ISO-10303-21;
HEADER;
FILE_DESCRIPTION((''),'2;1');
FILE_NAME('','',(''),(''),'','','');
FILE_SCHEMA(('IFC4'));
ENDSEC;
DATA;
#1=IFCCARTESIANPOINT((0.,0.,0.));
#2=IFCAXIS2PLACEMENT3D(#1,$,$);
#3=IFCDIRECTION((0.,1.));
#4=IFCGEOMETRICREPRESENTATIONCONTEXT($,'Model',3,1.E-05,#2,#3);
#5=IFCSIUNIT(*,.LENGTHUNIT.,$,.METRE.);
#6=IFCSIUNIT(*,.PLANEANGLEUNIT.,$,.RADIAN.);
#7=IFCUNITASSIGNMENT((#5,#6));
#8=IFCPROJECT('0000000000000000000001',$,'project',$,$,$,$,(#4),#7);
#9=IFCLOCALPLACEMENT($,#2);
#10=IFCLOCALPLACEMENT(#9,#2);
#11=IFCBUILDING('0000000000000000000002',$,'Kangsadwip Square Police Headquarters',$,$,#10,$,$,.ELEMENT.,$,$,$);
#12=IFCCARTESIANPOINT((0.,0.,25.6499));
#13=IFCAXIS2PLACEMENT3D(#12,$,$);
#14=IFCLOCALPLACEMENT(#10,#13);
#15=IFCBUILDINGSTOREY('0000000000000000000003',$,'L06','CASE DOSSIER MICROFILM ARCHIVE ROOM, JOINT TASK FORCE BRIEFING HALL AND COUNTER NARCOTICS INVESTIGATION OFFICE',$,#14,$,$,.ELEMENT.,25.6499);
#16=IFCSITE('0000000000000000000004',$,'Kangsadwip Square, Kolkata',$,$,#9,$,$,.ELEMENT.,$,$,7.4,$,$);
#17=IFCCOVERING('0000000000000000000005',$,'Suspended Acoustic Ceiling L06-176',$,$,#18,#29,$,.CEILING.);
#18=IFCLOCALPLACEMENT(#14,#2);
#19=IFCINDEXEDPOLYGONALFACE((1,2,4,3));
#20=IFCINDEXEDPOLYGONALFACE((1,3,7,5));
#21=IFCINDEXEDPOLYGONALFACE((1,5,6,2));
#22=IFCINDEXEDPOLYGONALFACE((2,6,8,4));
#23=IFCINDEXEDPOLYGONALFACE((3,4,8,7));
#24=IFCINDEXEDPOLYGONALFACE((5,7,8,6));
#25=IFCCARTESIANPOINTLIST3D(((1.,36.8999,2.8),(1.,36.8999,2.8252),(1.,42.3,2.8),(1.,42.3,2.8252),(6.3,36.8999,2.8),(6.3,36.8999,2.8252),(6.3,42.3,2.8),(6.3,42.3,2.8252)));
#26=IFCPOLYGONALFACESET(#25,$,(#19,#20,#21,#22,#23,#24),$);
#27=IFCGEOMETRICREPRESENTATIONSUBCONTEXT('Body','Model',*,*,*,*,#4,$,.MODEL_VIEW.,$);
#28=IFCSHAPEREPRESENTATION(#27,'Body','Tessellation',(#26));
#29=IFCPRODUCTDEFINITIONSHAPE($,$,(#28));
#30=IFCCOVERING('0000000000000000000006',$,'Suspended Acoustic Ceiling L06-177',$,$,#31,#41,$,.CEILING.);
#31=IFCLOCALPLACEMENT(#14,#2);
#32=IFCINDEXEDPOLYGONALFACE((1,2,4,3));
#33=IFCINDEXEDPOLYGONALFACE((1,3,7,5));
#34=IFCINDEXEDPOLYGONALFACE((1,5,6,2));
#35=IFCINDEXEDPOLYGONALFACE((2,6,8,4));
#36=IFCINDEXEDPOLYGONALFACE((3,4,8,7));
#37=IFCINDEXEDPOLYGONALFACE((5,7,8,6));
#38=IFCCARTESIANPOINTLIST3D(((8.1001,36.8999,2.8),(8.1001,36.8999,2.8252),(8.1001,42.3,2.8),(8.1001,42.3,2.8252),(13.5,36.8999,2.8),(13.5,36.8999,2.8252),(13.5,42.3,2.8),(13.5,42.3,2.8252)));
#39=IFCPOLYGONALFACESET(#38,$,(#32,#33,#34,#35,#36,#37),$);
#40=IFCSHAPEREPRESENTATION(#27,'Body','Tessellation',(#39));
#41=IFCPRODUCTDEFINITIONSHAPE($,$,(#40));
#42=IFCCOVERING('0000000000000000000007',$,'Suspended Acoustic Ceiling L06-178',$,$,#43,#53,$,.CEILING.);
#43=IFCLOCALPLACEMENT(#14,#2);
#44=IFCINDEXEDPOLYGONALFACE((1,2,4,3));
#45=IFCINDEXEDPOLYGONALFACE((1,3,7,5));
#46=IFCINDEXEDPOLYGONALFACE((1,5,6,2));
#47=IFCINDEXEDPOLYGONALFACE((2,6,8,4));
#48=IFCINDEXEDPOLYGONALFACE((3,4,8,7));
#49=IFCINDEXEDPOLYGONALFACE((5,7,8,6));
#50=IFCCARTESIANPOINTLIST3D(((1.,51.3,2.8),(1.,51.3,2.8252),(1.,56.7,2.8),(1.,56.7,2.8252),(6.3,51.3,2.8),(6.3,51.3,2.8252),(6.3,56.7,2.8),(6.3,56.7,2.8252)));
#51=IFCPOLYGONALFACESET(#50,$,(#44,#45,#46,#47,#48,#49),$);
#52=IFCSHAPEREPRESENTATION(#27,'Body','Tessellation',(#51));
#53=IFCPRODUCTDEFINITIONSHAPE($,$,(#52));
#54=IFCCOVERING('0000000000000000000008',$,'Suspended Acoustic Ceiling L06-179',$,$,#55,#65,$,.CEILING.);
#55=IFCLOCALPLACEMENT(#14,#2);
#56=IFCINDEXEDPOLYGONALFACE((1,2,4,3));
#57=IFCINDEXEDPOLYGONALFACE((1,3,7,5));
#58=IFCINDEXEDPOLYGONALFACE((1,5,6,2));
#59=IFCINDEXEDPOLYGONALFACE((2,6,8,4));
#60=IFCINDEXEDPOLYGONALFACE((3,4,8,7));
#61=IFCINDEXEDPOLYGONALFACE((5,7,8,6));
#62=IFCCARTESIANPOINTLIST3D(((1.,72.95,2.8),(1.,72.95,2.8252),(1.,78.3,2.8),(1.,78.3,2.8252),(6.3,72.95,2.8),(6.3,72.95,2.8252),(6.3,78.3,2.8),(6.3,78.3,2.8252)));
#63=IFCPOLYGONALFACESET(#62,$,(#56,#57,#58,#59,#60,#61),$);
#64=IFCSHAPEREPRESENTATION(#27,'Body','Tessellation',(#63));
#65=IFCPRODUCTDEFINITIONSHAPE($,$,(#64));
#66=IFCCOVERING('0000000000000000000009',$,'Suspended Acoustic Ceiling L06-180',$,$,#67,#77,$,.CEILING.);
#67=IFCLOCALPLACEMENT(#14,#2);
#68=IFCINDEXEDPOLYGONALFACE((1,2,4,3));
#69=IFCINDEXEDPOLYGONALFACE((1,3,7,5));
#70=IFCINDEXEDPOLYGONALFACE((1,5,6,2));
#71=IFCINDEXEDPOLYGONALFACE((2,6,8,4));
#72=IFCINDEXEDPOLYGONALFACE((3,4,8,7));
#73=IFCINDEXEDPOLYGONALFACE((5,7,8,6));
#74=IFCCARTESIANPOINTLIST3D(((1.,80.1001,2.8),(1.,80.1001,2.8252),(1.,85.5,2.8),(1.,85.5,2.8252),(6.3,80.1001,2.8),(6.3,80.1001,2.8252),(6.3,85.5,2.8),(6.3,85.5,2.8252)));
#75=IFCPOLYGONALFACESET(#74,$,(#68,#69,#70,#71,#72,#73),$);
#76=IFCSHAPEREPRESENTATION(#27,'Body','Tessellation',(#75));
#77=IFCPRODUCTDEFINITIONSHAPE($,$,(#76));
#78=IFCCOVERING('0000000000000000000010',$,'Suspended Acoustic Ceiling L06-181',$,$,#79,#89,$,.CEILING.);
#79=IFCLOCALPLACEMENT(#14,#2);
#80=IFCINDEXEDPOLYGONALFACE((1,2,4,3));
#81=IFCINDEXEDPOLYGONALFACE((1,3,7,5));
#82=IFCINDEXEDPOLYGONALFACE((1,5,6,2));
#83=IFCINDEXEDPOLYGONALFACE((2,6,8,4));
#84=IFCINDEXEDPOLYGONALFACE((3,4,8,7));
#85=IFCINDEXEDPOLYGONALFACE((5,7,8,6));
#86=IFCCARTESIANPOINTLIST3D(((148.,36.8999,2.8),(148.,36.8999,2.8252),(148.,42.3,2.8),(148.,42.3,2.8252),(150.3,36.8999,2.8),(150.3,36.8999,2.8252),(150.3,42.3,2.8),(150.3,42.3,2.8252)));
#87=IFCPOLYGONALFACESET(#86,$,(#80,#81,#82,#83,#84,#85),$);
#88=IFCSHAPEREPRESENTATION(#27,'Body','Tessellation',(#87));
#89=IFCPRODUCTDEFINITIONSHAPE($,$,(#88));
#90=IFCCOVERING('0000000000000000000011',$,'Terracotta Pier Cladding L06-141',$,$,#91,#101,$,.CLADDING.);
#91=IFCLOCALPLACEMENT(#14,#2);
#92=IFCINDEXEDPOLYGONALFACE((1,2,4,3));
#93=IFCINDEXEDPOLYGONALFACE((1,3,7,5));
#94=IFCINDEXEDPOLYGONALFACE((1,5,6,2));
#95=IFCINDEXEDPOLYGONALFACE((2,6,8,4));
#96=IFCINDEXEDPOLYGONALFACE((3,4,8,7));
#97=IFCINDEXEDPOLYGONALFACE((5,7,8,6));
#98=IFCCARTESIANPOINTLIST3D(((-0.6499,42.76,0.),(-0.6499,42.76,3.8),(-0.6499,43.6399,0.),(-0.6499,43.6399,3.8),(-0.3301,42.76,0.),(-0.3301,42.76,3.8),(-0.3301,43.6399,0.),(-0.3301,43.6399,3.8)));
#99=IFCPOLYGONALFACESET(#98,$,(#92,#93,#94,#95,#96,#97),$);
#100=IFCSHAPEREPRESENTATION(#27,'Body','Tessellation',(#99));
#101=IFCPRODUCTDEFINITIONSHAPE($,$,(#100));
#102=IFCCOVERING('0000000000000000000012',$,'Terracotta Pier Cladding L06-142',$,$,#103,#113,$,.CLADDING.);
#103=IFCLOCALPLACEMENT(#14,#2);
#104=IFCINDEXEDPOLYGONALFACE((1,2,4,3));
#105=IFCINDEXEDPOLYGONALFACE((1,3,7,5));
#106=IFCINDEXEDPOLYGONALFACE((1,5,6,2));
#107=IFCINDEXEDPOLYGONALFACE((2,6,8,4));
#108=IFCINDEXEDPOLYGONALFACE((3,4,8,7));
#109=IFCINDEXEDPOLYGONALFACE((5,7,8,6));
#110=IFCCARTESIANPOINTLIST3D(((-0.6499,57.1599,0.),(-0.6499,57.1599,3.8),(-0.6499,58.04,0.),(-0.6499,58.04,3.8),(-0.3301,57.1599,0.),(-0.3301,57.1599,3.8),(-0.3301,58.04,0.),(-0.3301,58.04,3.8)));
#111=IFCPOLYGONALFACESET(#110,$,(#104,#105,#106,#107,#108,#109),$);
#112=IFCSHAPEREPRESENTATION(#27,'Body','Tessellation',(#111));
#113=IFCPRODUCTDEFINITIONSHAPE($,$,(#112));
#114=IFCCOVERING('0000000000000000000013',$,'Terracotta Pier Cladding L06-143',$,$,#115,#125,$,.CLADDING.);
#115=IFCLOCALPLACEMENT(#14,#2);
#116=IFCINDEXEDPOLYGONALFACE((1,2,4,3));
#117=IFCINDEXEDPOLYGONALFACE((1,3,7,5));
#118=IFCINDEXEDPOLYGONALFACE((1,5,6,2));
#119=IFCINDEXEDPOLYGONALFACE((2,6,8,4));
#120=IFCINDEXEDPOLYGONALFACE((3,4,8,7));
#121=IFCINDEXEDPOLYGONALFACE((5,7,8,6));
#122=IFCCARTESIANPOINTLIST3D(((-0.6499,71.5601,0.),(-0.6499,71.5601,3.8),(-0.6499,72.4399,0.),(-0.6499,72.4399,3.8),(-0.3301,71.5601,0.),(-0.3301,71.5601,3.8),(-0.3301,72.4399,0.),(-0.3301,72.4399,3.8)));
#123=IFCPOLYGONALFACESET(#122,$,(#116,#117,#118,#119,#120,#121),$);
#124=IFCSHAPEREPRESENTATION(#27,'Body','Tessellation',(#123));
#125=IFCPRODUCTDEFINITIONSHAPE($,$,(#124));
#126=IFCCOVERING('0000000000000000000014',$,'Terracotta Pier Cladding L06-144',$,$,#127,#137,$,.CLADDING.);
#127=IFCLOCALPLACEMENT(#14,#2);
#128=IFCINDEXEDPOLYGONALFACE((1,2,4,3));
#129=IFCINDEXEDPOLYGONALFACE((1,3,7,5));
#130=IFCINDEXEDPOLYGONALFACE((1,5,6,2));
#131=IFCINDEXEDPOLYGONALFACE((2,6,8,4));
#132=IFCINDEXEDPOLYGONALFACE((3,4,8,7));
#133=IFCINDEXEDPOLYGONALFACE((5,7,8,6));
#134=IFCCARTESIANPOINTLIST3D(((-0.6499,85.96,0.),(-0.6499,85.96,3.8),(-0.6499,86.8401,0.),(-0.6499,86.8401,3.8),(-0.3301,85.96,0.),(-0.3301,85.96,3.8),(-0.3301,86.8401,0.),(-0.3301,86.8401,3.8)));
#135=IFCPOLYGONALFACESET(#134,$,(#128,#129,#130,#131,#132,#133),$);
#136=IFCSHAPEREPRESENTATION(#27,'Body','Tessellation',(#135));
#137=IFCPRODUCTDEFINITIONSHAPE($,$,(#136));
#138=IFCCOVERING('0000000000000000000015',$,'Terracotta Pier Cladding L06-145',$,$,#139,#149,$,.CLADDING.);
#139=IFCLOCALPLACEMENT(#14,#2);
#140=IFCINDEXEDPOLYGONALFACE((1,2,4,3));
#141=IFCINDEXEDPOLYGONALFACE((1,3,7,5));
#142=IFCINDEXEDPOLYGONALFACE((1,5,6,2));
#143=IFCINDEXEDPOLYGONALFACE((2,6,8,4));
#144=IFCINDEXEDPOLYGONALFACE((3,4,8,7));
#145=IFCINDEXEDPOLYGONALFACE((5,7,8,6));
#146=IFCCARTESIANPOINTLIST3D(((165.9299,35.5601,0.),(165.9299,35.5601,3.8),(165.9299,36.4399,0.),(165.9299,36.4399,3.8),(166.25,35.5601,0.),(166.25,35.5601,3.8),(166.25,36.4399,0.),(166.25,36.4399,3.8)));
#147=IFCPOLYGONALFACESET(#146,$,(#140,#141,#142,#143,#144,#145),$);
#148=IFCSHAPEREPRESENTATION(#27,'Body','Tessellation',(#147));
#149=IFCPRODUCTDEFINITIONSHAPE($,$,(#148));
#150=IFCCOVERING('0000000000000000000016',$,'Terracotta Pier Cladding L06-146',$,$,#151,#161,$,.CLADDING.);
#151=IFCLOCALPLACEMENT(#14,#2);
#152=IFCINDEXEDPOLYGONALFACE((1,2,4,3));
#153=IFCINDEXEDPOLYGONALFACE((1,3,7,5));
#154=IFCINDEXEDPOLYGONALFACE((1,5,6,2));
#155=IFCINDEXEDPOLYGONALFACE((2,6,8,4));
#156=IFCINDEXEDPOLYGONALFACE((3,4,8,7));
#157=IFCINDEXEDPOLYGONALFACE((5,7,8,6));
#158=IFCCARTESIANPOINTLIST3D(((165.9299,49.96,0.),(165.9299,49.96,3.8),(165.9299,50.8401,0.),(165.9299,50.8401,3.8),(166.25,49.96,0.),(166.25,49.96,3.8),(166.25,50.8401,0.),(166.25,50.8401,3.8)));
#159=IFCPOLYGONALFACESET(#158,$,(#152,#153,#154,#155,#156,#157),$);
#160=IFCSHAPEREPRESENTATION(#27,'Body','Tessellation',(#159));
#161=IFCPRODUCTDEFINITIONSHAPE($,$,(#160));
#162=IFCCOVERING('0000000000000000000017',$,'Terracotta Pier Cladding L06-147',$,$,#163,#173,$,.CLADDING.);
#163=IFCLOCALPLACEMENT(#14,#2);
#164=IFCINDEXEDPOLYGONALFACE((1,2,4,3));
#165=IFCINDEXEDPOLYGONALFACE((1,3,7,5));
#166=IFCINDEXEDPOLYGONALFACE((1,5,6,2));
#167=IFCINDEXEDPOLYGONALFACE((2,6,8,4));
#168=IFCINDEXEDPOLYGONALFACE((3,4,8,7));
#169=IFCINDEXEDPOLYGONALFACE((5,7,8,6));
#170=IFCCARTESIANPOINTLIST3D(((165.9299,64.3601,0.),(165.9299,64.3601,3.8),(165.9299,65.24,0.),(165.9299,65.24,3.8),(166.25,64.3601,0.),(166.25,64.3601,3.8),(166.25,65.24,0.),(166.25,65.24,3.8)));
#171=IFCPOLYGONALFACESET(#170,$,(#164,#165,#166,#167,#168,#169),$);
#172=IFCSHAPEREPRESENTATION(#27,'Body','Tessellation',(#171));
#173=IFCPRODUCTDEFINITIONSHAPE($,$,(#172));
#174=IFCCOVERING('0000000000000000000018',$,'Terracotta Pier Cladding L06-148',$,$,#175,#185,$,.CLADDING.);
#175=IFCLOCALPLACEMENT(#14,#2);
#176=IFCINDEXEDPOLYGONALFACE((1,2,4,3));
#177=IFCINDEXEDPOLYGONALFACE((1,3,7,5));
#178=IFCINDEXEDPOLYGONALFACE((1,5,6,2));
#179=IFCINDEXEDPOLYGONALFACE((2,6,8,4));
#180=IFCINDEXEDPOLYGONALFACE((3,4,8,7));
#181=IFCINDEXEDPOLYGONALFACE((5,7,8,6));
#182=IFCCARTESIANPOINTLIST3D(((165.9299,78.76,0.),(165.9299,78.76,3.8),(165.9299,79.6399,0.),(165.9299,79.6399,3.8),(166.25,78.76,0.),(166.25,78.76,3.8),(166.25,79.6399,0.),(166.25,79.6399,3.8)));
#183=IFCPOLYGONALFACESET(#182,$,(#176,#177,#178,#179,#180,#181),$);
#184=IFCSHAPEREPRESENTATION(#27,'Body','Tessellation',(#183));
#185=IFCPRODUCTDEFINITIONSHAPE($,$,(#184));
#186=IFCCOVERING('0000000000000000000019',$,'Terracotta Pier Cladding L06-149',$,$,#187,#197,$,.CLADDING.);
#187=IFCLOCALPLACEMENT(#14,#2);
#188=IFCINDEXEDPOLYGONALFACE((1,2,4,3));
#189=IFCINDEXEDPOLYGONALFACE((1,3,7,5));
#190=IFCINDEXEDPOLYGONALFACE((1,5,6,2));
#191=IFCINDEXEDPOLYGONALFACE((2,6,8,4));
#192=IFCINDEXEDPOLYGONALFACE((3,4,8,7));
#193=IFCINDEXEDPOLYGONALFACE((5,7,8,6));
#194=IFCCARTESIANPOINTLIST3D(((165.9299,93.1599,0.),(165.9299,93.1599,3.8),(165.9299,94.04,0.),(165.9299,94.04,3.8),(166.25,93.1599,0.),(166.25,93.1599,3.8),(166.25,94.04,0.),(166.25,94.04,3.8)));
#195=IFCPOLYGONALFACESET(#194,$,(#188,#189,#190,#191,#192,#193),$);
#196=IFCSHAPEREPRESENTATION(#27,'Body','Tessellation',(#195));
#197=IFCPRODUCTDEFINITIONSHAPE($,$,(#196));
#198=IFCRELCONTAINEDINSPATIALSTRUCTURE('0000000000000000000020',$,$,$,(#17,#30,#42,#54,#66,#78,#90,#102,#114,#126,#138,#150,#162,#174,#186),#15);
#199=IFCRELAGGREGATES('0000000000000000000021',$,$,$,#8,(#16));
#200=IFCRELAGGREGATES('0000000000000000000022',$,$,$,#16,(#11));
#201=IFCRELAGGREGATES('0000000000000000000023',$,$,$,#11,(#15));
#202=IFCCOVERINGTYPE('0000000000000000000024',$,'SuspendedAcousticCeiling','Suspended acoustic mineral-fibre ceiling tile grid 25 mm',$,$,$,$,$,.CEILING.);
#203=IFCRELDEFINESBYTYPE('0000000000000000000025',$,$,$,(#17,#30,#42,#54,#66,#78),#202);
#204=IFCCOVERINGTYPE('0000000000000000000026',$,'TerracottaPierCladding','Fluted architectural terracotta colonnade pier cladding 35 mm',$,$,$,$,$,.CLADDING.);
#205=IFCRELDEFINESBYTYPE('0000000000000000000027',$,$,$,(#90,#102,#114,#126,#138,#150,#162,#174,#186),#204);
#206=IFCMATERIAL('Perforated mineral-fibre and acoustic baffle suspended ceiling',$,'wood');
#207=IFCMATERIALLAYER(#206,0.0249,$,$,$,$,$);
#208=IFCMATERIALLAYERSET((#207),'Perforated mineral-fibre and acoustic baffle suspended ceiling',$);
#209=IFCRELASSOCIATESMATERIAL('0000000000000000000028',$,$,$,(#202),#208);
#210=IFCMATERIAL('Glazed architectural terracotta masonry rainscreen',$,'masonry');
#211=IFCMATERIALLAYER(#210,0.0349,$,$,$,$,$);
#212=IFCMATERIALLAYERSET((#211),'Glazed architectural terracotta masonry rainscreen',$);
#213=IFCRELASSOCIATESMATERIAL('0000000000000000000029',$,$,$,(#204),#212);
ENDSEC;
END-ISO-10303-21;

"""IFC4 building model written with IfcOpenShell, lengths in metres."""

from ifc_helpers import new_model, si_unit, direction, frame, origin, place, context, subcontext, project, spatial, polyline, outline, extrude, material, layer, layer_set, type_object, element, save


model = new_model("IFC4")

# Units and contexts
model_context = context("Model", 3, precision=1e-05, world=origin(), true_north=direction((0.0, 1.0)))
body_context = subcontext(model_context, "Body", "Model", "MODEL_VIEW")
ifc_project = project(units=[si_unit("LENGTHUNIT", "METRE"), si_unit("PLANEANGLEUNIT", "RADIAN")], contexts=[model_context])

# Site, building, storey
site_placement = place(None, origin())
site = spatial("IfcSite", under=ifc_project, at=site_placement, Name="Kangsadwip Square, Kolkata", CompositionType="ELEMENT", RefElevation=7.4)
building_placement = place(site_placement, origin())
building = spatial("IfcBuilding", under=site, at=building_placement, Name="Kangsadwip Square Police Headquarters", CompositionType="ELEMENT")
storey_placement = place(building_placement, frame((0.0, 0.0, 25.6499)))
storey = spatial("IfcBuildingStorey", under=building, at=storey_placement, Name="L06", Description="CASE DOSSIER MICROFILM ARCHIVE ROOM, JOINT TASK FORCE BRIEFING HALL AND COUNTER NARCOTICS INVESTIGATION OFFICE", CompositionType="ELEMENT", Elevation=25.6499)

# Coverings
ifc_material_1 = material(Name="Perforated mineral-fibre and acoustic baffle suspended ceiling", Category="wood")
ifc_layer_1 = layer(ifc_material_1, 0.0249)
ifc_layer_set_1 = layer_set([ifc_layer_1], Name="Perforated mineral-fibre and acoustic baffle suspended ceiling")
covering_type_1 = type_object("IfcCoveringType", Name="SuspendedAcousticCeiling", Description="Suspended acoustic mineral-fibre ceiling tile grid 25 mm", PredefinedType="CEILING", material=ifc_layer_set_1)
covering_1_placement = place(storey_placement, frame((0.0, 0.0, 2.8)))
element("IfcCovering", 1, at=covering_1_placement, inside=storey, type_object=covering_type_1, Name="Suspended Acoustic Ceiling L06-176", PredefinedType="CEILING", context=body_context, shape_type="SweptSolid", body=[
    extrude(outline(polyline([(1.0, 36.8999), (6.3, 36.8999), (6.3, 42.3), (1.0, 42.3), (1.0, 36.8999)])), origin(), (0.0, 0.0, 1.0), 0.0251),
])
covering_2_placement = place(storey_placement, frame((0.0, 0.0, 2.8)))
element("IfcCovering", 2, at=covering_2_placement, inside=storey, type_object=covering_type_1, Name="Suspended Acoustic Ceiling L06-177", PredefinedType="CEILING", context=body_context, shape_type="SweptSolid", body=[
    extrude(outline(polyline([(8.1001, 36.8999), (13.5, 36.8999), (13.5, 42.3), (8.1001, 42.3), (8.1001, 36.8999)])), origin(), (0.0, 0.0, 1.0), 0.0251),
])
covering_3_placement = place(storey_placement, frame((0.0, 0.0, 2.8)))
element("IfcCovering", 3, at=covering_3_placement, inside=storey, type_object=covering_type_1, Name="Suspended Acoustic Ceiling L06-178", PredefinedType="CEILING", context=body_context, shape_type="SweptSolid", body=[
    extrude(outline(polyline([(1.0, 51.3), (6.3, 51.3), (6.3, 56.7), (1.0, 56.7), (1.0, 51.3)])), origin(), (0.0, 0.0, 1.0), 0.0251),
])
covering_4_placement = place(storey_placement, frame((0.0, 0.0, 2.8)))
element("IfcCovering", 4, at=covering_4_placement, inside=storey, type_object=covering_type_1, Name="Suspended Acoustic Ceiling L06-179", PredefinedType="CEILING", context=body_context, shape_type="SweptSolid", body=[
    extrude(outline(polyline([(1.0, 72.95), (6.3, 72.95), (6.3, 78.3), (1.0, 78.3), (1.0, 72.95)])), origin(), (0.0, 0.0, 1.0), 0.0251),
])
covering_5_placement = place(storey_placement, frame((0.0, 0.0, 2.8)))
element("IfcCovering", 5, at=covering_5_placement, inside=storey, type_object=covering_type_1, Name="Suspended Acoustic Ceiling L06-180", PredefinedType="CEILING", context=body_context, shape_type="SweptSolid", body=[
    extrude(outline(polyline([(1.0, 80.1001), (6.3, 80.1001), (6.3, 85.5), (1.0, 85.5), (1.0, 80.1001)])), origin(), (0.0, 0.0, 1.0), 0.0251),
])
covering_6_placement = place(storey_placement, frame((0.0, 0.0, 2.8)))
element("IfcCovering", 6, at=covering_6_placement, inside=storey, type_object=covering_type_1, Name="Suspended Acoustic Ceiling L06-181", PredefinedType="CEILING", context=body_context, shape_type="SweptSolid", body=[
    extrude(outline(polyline([(148.0, 36.8999), (150.3, 36.8999), (150.3, 42.3), (148.0, 42.3), (148.0, 36.8999)])), origin(), (0.0, 0.0, 1.0), 0.0251),
])
ifc_material_2 = material(Name="Glazed architectural terracotta masonry rainscreen", Category="masonry")
ifc_layer_2 = layer(ifc_material_2, 0.0349)
ifc_layer_set_2 = layer_set([ifc_layer_2], Name="Glazed architectural terracotta masonry rainscreen")
covering_type_2 = type_object("IfcCoveringType", Name="TerracottaPierCladding", Description="Fluted architectural terracotta colonnade pier cladding 35 mm", PredefinedType="CLADDING", material=ifc_layer_set_2)
covering_7_placement = place(storey_placement, origin())
element("IfcCovering", 7, at=covering_7_placement, inside=storey, type_object=covering_type_2, Name="Terracotta Pier Cladding L06-141", PredefinedType="CLADDING", context=body_context, shape_type="SweptSolid", body=[
    extrude(outline(polyline([(-0.6499, 42.76), (-0.3301, 42.76), (-0.3301, 43.6399), (-0.6499, 43.6399), (-0.6499, 42.76)])), origin(), (0.0, 0.0, 1.0), 3.8),
])
covering_8_placement = place(storey_placement, origin())
element("IfcCovering", 8, at=covering_8_placement, inside=storey, type_object=covering_type_2, Name="Terracotta Pier Cladding L06-142", PredefinedType="CLADDING", context=body_context, shape_type="SweptSolid", body=[
    extrude(outline(polyline([(-0.6499, 57.1599), (-0.3301, 57.1599), (-0.3301, 58.04), (-0.6499, 58.04), (-0.6499, 57.1599)])), origin(), (0.0, 0.0, 1.0), 3.8),
])
covering_9_placement = place(storey_placement, origin())
element("IfcCovering", 9, at=covering_9_placement, inside=storey, type_object=covering_type_2, Name="Terracotta Pier Cladding L06-143", PredefinedType="CLADDING", context=body_context, shape_type="SweptSolid", body=[
    extrude(outline(polyline([(-0.6499, 71.5601), (-0.3301, 71.5601), (-0.3301, 72.4399), (-0.6499, 72.4399), (-0.6499, 71.5601)])), origin(), (0.0, 0.0, 1.0), 3.8),
])
covering_10_placement = place(storey_placement, origin())
element("IfcCovering", 10, at=covering_10_placement, inside=storey, type_object=covering_type_2, Name="Terracotta Pier Cladding L06-144", PredefinedType="CLADDING", context=body_context, shape_type="SweptSolid", body=[
    extrude(outline(polyline([(-0.6499, 85.96), (-0.3301, 85.96), (-0.3301, 86.8401), (-0.6499, 86.8401), (-0.6499, 85.96)])), origin(), (0.0, 0.0, 1.0), 3.8),
])
covering_11_placement = place(storey_placement, origin())
element("IfcCovering", 11, at=covering_11_placement, inside=storey, type_object=covering_type_2, Name="Terracotta Pier Cladding L06-145", PredefinedType="CLADDING", context=body_context, shape_type="SweptSolid", body=[
    extrude(outline(polyline([(165.9299, 35.5601), (166.25, 35.5601), (166.25, 36.4399), (165.9299, 36.4399), (165.9299, 35.5601)])), origin(), (0.0, 0.0, 1.0), 3.8),
])
covering_12_placement = place(storey_placement, origin())
element("IfcCovering", 12, at=covering_12_placement, inside=storey, type_object=covering_type_2, Name="Terracotta Pier Cladding L06-146", PredefinedType="CLADDING", context=body_context, shape_type="SweptSolid", body=[
    extrude(outline(polyline([(165.9299, 49.96), (166.25, 49.96), (166.25, 50.8401), (165.9299, 50.8401), (165.9299, 49.96)])), origin(), (0.0, 0.0, 1.0), 3.8),
])
covering_13_placement = place(storey_placement, origin())
element("IfcCovering", 13, at=covering_13_placement, inside=storey, type_object=covering_type_2, Name="Terracotta Pier Cladding L06-147", PredefinedType="CLADDING", context=body_context, shape_type="SweptSolid", body=[
    extrude(outline(polyline([(165.9299, 64.3601), (166.25, 64.3601), (166.25, 65.24), (165.9299, 65.24), (165.9299, 64.3601)])), origin(), (0.0, 0.0, 1.0), 3.8),
])
covering_14_placement = place(storey_placement, origin())
element("IfcCovering", 14, at=covering_14_placement, inside=storey, type_object=covering_type_2, Name="Terracotta Pier Cladding L06-148", PredefinedType="CLADDING", context=body_context, shape_type="SweptSolid", body=[
    extrude(outline(polyline([(165.9299, 78.76), (166.25, 78.76), (166.25, 79.6399), (165.9299, 79.6399), (165.9299, 78.76)])), origin(), (0.0, 0.0, 1.0), 3.8),
])
covering_15_placement = place(storey_placement, origin())
element("IfcCovering", 15, at=covering_15_placement, inside=storey, type_object=covering_type_2, Name="Terracotta Pier Cladding L06-149", PredefinedType="CLADDING", context=body_context, shape_type="SweptSolid", body=[
    extrude(outline(polyline([(165.9299, 93.1599), (166.25, 93.1599), (166.25, 94.04), (165.9299, 94.04), (165.9299, 93.1599)])), origin(), (0.0, 0.0, 1.0), 3.8),
])

save(model, "model.ifc")
